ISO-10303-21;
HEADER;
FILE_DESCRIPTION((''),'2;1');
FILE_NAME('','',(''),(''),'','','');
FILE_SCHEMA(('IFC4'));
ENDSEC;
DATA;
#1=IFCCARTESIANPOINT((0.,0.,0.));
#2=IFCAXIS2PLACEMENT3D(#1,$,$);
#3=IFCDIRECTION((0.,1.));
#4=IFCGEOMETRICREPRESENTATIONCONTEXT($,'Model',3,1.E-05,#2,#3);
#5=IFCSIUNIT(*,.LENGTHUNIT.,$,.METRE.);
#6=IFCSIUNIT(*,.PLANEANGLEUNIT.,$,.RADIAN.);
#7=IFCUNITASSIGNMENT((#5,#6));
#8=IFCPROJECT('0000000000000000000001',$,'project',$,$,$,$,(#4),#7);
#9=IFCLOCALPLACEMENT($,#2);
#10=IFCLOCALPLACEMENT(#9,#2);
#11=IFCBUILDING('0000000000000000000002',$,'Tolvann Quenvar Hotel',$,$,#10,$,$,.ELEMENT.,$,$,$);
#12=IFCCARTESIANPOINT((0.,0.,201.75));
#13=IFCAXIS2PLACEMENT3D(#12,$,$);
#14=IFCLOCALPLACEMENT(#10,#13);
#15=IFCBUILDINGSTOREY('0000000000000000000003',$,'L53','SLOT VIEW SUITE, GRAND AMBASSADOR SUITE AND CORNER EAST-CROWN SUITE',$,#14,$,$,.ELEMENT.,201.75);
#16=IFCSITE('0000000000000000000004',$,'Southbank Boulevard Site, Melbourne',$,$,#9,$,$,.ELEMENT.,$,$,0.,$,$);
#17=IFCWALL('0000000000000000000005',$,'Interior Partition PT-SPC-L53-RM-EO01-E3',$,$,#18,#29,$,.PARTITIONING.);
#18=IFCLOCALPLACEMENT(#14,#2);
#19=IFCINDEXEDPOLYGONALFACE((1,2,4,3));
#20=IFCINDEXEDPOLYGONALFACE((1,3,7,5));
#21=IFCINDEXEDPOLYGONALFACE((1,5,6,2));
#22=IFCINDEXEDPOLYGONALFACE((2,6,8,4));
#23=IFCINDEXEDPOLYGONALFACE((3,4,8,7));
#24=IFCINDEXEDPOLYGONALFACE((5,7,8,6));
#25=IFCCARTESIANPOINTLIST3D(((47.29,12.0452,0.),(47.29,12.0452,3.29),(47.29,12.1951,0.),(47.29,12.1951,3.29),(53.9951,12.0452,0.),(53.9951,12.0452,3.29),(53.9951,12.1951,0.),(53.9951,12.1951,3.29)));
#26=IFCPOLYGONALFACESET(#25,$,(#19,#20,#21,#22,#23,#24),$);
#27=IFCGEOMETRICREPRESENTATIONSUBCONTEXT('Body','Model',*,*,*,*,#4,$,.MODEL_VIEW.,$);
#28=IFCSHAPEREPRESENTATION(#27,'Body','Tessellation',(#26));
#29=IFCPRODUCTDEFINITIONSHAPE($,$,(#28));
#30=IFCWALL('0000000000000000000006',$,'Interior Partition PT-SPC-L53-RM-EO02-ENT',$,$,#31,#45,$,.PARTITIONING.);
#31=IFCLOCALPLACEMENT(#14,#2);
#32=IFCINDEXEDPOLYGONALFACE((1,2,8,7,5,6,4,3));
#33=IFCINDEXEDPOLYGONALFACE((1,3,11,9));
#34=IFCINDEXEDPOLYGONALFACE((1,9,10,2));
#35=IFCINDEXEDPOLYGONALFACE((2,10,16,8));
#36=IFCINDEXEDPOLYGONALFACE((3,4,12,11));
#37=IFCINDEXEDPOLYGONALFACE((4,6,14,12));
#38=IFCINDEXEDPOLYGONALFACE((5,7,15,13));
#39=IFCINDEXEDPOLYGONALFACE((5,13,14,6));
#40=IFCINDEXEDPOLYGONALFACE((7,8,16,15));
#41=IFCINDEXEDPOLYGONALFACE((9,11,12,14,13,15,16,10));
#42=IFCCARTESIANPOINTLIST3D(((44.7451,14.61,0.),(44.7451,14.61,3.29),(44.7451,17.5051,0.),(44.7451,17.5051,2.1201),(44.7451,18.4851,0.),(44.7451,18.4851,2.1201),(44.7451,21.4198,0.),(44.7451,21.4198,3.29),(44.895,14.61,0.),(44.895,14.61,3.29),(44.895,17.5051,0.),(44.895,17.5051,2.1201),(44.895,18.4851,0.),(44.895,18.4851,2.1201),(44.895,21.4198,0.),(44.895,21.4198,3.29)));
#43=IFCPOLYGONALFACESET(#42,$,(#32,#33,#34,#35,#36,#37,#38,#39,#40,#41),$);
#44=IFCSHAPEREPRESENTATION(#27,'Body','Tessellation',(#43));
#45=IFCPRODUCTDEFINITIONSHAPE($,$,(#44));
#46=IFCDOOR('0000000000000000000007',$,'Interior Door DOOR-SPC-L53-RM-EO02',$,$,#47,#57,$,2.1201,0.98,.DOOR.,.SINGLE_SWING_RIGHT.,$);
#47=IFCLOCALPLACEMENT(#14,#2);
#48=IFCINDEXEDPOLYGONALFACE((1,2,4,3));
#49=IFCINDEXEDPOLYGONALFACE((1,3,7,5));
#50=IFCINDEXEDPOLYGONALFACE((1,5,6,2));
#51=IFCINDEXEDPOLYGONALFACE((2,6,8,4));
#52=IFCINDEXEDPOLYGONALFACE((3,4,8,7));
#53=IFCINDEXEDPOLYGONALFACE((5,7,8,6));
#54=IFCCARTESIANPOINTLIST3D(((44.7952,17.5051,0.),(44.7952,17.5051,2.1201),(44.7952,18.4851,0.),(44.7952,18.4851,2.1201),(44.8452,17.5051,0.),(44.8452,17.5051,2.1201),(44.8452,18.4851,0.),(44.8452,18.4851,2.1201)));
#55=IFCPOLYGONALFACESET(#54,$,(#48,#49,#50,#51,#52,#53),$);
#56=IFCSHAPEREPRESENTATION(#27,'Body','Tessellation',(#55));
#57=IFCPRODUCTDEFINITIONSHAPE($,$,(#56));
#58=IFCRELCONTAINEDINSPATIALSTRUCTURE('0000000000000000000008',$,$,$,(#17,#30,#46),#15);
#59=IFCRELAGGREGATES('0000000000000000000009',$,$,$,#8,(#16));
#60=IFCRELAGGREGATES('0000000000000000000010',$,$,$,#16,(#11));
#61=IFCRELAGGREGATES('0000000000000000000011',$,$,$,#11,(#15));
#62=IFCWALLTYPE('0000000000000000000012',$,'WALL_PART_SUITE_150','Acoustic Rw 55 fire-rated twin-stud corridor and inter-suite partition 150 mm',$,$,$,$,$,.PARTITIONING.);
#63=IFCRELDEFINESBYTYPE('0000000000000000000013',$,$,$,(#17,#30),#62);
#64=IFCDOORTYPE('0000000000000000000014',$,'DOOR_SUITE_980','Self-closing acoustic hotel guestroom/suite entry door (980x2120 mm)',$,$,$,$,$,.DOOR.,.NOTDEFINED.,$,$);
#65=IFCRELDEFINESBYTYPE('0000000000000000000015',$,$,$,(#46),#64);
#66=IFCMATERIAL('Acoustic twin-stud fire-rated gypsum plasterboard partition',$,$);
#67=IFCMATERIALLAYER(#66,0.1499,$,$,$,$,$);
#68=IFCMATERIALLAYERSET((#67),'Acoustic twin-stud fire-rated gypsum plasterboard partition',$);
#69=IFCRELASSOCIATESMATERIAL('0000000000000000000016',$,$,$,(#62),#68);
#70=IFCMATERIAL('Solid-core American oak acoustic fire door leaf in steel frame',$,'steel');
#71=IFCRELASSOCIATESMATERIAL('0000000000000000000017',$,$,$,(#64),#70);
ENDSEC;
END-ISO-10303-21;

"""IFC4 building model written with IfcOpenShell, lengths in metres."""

from ifc_helpers import new_model, si_unit, direction, frame, frame_2d, origin, place, context, subcontext, project, spatial, rectangle, extrude, source, transform, mapped, material, layer, layer_set, type_object, type_shapes, element, fill, save


model = new_model("IFC4")

# Units and contexts
model_context = context("Model", 3, precision=1e-05, world=origin(), true_north=direction((0.0, 1.0)))
body_context = subcontext(model_context, "Body", "Model", "MODEL_VIEW")
ifc_project = project(units=[si_unit("LENGTHUNIT", "METRE"), si_unit("PLANEANGLEUNIT", "RADIAN")], contexts=[model_context])

# Site, building, storey
site_placement = place(None, origin())
site = spatial("IfcSite", under=ifc_project, at=site_placement, Name="Southbank Boulevard Site, Melbourne", CompositionType="ELEMENT", RefElevation=0.0)
building_placement = place(site_placement, origin())
building = spatial("IfcBuilding", under=site, at=building_placement, Name="Tolvann Quenvar Hotel", CompositionType="ELEMENT")
storey_placement = place(building_placement, frame((0.0, 0.0, 201.75)))
storey = spatial("IfcBuildingStorey", under=building, at=storey_placement, Name="L53", Description="SLOT VIEW SUITE, GRAND AMBASSADOR SUITE AND CORNER EAST-CROWN SUITE", CompositionType="ELEMENT", Elevation=201.75)

# Shared definitions
ifc_material_1 = material(Name="Acoustic twin-stud fire-rated gypsum plasterboard partition")
ifc_layer_1 = layer(ifc_material_1, 0.1499)
ifc_layer_set_1 = layer_set([ifc_layer_1], Name="Acoustic twin-stud fire-rated gypsum plasterboard partition")
wall_type_1 = type_object("IfcWallType", Name="WALL_PART_SUITE_150", Description="Acoustic Rw 55 fire-rated twin-stud corridor and inter-suite partition 150 mm", PredefinedType="PARTITIONING", material=ifc_layer_set_1)
ifc_material_2 = material(Name="Solid-core American oak acoustic fire door leaf in steel frame", Category="steel")

# Shared definitions
door_type_1 = type_object("IfcDoorType", Name="DOOR_SUITE_980", Description="Self-closing acoustic hotel guestroom/suite entry door (980x2120 mm)", OperationType="NOTDEFINED", PredefinedType="DOOR", material=ifc_material_2)
shared_shape_1 = source(origin(), body_context, "Body", "SweptSolid", [
    extrude(rectangle(XDim=0.98, YDim=2.1201, at=frame_2d((0.49, 1.0601))), frame((0.0, 0.0249, 0.0), z_axis=(0.0, -1.0, 0.0), x_axis=(1.0, 0.0, 0.0)), (0.0, 0.0, 1.0), 0.05),
])
type_shapes(door_type_1, [shared_shape_1])

# Wall
wall_1_placement = place(storey_placement, frame((47.29, 12.1201, 0.0), z_axis=(0.0, 0.0, 1.0), x_axis=(1.0, 0.0, 0.0)))
element("IfcWall", 1, at=wall_1_placement, inside=storey, type_object=wall_type_1, Name="Interior Partition PT-SPC-L53-RM-EO01-E3", PredefinedType="PARTITIONING", context=body_context, shape_type="SweptSolid", body=[
    extrude(rectangle(XDim=6.7051, YDim=0.1499, at=frame_2d((3.3525, 0.0))), origin(), (0.0, 0.0, 1.0), 3.29),
])

# Wall, opening, door
wall_2_placement = place(storey_placement, frame((44.8201, 14.6101, 0.0), z_axis=(0.0, 0.0, 1.0), x_axis=(0.0, 1.0, 0.0)))
wall_2 = element("IfcWall", 2, at=wall_2_placement, inside=storey, type_object=wall_type_1, Name="Interior Partition PT-SPC-L53-RM-EO02-ENT", PredefinedType="PARTITIONING", context=body_context, shape_type="SweptSolid", body=[
    extrude(rectangle(XDim=6.8098, YDim=0.1499, at=frame_2d((3.4048, 0.0))), origin(), (0.0, 0.0, 1.0), 3.29),
])
opening_1_placement = place(wall_2_placement, frame((2.895, 0.0, 0.0)))
opening_1 = element("IfcOpeningElement", 3, at=opening_1_placement, cuts=wall_2, PredefinedType="OPENING", context=body_context, shape_type="SweptSolid", body=[
    extrude(rectangle(XDim=0.98, YDim=2.1201, at=frame_2d((0.49, 1.0601))), frame((0.0, 0.085, 0.0), z_axis=(0.0, -1.0, 0.0), x_axis=(1.0, 0.0, 0.0)), (0.0, 0.0, 1.0), 0.1699),
])
door_1_placement = place(opening_1_placement, origin())
door_1 = element("IfcDoor", 4, at=door_1_placement, inside=storey, type_object=door_type_1, Name="Interior Door DOOR-SPC-L53-RM-EO02", OperationType="SINGLE_SWING_RIGHT", OverallHeight=2.1201, OverallWidth=0.98, PredefinedType="DOOR", context=body_context, shape_type="MappedRepresentation", body=[
    mapped(shared_shape_1, transform((0.0, 0.0, 0.0), x_axis=(1.0, 0.0, 0.0), y_axis=(0.0, 1.0, 0.0), z_axis=(0.0, 0.0, 1.0), scale=1.0)),
])
fill(opening_1, door_1)

save(model, "model.ifc")
